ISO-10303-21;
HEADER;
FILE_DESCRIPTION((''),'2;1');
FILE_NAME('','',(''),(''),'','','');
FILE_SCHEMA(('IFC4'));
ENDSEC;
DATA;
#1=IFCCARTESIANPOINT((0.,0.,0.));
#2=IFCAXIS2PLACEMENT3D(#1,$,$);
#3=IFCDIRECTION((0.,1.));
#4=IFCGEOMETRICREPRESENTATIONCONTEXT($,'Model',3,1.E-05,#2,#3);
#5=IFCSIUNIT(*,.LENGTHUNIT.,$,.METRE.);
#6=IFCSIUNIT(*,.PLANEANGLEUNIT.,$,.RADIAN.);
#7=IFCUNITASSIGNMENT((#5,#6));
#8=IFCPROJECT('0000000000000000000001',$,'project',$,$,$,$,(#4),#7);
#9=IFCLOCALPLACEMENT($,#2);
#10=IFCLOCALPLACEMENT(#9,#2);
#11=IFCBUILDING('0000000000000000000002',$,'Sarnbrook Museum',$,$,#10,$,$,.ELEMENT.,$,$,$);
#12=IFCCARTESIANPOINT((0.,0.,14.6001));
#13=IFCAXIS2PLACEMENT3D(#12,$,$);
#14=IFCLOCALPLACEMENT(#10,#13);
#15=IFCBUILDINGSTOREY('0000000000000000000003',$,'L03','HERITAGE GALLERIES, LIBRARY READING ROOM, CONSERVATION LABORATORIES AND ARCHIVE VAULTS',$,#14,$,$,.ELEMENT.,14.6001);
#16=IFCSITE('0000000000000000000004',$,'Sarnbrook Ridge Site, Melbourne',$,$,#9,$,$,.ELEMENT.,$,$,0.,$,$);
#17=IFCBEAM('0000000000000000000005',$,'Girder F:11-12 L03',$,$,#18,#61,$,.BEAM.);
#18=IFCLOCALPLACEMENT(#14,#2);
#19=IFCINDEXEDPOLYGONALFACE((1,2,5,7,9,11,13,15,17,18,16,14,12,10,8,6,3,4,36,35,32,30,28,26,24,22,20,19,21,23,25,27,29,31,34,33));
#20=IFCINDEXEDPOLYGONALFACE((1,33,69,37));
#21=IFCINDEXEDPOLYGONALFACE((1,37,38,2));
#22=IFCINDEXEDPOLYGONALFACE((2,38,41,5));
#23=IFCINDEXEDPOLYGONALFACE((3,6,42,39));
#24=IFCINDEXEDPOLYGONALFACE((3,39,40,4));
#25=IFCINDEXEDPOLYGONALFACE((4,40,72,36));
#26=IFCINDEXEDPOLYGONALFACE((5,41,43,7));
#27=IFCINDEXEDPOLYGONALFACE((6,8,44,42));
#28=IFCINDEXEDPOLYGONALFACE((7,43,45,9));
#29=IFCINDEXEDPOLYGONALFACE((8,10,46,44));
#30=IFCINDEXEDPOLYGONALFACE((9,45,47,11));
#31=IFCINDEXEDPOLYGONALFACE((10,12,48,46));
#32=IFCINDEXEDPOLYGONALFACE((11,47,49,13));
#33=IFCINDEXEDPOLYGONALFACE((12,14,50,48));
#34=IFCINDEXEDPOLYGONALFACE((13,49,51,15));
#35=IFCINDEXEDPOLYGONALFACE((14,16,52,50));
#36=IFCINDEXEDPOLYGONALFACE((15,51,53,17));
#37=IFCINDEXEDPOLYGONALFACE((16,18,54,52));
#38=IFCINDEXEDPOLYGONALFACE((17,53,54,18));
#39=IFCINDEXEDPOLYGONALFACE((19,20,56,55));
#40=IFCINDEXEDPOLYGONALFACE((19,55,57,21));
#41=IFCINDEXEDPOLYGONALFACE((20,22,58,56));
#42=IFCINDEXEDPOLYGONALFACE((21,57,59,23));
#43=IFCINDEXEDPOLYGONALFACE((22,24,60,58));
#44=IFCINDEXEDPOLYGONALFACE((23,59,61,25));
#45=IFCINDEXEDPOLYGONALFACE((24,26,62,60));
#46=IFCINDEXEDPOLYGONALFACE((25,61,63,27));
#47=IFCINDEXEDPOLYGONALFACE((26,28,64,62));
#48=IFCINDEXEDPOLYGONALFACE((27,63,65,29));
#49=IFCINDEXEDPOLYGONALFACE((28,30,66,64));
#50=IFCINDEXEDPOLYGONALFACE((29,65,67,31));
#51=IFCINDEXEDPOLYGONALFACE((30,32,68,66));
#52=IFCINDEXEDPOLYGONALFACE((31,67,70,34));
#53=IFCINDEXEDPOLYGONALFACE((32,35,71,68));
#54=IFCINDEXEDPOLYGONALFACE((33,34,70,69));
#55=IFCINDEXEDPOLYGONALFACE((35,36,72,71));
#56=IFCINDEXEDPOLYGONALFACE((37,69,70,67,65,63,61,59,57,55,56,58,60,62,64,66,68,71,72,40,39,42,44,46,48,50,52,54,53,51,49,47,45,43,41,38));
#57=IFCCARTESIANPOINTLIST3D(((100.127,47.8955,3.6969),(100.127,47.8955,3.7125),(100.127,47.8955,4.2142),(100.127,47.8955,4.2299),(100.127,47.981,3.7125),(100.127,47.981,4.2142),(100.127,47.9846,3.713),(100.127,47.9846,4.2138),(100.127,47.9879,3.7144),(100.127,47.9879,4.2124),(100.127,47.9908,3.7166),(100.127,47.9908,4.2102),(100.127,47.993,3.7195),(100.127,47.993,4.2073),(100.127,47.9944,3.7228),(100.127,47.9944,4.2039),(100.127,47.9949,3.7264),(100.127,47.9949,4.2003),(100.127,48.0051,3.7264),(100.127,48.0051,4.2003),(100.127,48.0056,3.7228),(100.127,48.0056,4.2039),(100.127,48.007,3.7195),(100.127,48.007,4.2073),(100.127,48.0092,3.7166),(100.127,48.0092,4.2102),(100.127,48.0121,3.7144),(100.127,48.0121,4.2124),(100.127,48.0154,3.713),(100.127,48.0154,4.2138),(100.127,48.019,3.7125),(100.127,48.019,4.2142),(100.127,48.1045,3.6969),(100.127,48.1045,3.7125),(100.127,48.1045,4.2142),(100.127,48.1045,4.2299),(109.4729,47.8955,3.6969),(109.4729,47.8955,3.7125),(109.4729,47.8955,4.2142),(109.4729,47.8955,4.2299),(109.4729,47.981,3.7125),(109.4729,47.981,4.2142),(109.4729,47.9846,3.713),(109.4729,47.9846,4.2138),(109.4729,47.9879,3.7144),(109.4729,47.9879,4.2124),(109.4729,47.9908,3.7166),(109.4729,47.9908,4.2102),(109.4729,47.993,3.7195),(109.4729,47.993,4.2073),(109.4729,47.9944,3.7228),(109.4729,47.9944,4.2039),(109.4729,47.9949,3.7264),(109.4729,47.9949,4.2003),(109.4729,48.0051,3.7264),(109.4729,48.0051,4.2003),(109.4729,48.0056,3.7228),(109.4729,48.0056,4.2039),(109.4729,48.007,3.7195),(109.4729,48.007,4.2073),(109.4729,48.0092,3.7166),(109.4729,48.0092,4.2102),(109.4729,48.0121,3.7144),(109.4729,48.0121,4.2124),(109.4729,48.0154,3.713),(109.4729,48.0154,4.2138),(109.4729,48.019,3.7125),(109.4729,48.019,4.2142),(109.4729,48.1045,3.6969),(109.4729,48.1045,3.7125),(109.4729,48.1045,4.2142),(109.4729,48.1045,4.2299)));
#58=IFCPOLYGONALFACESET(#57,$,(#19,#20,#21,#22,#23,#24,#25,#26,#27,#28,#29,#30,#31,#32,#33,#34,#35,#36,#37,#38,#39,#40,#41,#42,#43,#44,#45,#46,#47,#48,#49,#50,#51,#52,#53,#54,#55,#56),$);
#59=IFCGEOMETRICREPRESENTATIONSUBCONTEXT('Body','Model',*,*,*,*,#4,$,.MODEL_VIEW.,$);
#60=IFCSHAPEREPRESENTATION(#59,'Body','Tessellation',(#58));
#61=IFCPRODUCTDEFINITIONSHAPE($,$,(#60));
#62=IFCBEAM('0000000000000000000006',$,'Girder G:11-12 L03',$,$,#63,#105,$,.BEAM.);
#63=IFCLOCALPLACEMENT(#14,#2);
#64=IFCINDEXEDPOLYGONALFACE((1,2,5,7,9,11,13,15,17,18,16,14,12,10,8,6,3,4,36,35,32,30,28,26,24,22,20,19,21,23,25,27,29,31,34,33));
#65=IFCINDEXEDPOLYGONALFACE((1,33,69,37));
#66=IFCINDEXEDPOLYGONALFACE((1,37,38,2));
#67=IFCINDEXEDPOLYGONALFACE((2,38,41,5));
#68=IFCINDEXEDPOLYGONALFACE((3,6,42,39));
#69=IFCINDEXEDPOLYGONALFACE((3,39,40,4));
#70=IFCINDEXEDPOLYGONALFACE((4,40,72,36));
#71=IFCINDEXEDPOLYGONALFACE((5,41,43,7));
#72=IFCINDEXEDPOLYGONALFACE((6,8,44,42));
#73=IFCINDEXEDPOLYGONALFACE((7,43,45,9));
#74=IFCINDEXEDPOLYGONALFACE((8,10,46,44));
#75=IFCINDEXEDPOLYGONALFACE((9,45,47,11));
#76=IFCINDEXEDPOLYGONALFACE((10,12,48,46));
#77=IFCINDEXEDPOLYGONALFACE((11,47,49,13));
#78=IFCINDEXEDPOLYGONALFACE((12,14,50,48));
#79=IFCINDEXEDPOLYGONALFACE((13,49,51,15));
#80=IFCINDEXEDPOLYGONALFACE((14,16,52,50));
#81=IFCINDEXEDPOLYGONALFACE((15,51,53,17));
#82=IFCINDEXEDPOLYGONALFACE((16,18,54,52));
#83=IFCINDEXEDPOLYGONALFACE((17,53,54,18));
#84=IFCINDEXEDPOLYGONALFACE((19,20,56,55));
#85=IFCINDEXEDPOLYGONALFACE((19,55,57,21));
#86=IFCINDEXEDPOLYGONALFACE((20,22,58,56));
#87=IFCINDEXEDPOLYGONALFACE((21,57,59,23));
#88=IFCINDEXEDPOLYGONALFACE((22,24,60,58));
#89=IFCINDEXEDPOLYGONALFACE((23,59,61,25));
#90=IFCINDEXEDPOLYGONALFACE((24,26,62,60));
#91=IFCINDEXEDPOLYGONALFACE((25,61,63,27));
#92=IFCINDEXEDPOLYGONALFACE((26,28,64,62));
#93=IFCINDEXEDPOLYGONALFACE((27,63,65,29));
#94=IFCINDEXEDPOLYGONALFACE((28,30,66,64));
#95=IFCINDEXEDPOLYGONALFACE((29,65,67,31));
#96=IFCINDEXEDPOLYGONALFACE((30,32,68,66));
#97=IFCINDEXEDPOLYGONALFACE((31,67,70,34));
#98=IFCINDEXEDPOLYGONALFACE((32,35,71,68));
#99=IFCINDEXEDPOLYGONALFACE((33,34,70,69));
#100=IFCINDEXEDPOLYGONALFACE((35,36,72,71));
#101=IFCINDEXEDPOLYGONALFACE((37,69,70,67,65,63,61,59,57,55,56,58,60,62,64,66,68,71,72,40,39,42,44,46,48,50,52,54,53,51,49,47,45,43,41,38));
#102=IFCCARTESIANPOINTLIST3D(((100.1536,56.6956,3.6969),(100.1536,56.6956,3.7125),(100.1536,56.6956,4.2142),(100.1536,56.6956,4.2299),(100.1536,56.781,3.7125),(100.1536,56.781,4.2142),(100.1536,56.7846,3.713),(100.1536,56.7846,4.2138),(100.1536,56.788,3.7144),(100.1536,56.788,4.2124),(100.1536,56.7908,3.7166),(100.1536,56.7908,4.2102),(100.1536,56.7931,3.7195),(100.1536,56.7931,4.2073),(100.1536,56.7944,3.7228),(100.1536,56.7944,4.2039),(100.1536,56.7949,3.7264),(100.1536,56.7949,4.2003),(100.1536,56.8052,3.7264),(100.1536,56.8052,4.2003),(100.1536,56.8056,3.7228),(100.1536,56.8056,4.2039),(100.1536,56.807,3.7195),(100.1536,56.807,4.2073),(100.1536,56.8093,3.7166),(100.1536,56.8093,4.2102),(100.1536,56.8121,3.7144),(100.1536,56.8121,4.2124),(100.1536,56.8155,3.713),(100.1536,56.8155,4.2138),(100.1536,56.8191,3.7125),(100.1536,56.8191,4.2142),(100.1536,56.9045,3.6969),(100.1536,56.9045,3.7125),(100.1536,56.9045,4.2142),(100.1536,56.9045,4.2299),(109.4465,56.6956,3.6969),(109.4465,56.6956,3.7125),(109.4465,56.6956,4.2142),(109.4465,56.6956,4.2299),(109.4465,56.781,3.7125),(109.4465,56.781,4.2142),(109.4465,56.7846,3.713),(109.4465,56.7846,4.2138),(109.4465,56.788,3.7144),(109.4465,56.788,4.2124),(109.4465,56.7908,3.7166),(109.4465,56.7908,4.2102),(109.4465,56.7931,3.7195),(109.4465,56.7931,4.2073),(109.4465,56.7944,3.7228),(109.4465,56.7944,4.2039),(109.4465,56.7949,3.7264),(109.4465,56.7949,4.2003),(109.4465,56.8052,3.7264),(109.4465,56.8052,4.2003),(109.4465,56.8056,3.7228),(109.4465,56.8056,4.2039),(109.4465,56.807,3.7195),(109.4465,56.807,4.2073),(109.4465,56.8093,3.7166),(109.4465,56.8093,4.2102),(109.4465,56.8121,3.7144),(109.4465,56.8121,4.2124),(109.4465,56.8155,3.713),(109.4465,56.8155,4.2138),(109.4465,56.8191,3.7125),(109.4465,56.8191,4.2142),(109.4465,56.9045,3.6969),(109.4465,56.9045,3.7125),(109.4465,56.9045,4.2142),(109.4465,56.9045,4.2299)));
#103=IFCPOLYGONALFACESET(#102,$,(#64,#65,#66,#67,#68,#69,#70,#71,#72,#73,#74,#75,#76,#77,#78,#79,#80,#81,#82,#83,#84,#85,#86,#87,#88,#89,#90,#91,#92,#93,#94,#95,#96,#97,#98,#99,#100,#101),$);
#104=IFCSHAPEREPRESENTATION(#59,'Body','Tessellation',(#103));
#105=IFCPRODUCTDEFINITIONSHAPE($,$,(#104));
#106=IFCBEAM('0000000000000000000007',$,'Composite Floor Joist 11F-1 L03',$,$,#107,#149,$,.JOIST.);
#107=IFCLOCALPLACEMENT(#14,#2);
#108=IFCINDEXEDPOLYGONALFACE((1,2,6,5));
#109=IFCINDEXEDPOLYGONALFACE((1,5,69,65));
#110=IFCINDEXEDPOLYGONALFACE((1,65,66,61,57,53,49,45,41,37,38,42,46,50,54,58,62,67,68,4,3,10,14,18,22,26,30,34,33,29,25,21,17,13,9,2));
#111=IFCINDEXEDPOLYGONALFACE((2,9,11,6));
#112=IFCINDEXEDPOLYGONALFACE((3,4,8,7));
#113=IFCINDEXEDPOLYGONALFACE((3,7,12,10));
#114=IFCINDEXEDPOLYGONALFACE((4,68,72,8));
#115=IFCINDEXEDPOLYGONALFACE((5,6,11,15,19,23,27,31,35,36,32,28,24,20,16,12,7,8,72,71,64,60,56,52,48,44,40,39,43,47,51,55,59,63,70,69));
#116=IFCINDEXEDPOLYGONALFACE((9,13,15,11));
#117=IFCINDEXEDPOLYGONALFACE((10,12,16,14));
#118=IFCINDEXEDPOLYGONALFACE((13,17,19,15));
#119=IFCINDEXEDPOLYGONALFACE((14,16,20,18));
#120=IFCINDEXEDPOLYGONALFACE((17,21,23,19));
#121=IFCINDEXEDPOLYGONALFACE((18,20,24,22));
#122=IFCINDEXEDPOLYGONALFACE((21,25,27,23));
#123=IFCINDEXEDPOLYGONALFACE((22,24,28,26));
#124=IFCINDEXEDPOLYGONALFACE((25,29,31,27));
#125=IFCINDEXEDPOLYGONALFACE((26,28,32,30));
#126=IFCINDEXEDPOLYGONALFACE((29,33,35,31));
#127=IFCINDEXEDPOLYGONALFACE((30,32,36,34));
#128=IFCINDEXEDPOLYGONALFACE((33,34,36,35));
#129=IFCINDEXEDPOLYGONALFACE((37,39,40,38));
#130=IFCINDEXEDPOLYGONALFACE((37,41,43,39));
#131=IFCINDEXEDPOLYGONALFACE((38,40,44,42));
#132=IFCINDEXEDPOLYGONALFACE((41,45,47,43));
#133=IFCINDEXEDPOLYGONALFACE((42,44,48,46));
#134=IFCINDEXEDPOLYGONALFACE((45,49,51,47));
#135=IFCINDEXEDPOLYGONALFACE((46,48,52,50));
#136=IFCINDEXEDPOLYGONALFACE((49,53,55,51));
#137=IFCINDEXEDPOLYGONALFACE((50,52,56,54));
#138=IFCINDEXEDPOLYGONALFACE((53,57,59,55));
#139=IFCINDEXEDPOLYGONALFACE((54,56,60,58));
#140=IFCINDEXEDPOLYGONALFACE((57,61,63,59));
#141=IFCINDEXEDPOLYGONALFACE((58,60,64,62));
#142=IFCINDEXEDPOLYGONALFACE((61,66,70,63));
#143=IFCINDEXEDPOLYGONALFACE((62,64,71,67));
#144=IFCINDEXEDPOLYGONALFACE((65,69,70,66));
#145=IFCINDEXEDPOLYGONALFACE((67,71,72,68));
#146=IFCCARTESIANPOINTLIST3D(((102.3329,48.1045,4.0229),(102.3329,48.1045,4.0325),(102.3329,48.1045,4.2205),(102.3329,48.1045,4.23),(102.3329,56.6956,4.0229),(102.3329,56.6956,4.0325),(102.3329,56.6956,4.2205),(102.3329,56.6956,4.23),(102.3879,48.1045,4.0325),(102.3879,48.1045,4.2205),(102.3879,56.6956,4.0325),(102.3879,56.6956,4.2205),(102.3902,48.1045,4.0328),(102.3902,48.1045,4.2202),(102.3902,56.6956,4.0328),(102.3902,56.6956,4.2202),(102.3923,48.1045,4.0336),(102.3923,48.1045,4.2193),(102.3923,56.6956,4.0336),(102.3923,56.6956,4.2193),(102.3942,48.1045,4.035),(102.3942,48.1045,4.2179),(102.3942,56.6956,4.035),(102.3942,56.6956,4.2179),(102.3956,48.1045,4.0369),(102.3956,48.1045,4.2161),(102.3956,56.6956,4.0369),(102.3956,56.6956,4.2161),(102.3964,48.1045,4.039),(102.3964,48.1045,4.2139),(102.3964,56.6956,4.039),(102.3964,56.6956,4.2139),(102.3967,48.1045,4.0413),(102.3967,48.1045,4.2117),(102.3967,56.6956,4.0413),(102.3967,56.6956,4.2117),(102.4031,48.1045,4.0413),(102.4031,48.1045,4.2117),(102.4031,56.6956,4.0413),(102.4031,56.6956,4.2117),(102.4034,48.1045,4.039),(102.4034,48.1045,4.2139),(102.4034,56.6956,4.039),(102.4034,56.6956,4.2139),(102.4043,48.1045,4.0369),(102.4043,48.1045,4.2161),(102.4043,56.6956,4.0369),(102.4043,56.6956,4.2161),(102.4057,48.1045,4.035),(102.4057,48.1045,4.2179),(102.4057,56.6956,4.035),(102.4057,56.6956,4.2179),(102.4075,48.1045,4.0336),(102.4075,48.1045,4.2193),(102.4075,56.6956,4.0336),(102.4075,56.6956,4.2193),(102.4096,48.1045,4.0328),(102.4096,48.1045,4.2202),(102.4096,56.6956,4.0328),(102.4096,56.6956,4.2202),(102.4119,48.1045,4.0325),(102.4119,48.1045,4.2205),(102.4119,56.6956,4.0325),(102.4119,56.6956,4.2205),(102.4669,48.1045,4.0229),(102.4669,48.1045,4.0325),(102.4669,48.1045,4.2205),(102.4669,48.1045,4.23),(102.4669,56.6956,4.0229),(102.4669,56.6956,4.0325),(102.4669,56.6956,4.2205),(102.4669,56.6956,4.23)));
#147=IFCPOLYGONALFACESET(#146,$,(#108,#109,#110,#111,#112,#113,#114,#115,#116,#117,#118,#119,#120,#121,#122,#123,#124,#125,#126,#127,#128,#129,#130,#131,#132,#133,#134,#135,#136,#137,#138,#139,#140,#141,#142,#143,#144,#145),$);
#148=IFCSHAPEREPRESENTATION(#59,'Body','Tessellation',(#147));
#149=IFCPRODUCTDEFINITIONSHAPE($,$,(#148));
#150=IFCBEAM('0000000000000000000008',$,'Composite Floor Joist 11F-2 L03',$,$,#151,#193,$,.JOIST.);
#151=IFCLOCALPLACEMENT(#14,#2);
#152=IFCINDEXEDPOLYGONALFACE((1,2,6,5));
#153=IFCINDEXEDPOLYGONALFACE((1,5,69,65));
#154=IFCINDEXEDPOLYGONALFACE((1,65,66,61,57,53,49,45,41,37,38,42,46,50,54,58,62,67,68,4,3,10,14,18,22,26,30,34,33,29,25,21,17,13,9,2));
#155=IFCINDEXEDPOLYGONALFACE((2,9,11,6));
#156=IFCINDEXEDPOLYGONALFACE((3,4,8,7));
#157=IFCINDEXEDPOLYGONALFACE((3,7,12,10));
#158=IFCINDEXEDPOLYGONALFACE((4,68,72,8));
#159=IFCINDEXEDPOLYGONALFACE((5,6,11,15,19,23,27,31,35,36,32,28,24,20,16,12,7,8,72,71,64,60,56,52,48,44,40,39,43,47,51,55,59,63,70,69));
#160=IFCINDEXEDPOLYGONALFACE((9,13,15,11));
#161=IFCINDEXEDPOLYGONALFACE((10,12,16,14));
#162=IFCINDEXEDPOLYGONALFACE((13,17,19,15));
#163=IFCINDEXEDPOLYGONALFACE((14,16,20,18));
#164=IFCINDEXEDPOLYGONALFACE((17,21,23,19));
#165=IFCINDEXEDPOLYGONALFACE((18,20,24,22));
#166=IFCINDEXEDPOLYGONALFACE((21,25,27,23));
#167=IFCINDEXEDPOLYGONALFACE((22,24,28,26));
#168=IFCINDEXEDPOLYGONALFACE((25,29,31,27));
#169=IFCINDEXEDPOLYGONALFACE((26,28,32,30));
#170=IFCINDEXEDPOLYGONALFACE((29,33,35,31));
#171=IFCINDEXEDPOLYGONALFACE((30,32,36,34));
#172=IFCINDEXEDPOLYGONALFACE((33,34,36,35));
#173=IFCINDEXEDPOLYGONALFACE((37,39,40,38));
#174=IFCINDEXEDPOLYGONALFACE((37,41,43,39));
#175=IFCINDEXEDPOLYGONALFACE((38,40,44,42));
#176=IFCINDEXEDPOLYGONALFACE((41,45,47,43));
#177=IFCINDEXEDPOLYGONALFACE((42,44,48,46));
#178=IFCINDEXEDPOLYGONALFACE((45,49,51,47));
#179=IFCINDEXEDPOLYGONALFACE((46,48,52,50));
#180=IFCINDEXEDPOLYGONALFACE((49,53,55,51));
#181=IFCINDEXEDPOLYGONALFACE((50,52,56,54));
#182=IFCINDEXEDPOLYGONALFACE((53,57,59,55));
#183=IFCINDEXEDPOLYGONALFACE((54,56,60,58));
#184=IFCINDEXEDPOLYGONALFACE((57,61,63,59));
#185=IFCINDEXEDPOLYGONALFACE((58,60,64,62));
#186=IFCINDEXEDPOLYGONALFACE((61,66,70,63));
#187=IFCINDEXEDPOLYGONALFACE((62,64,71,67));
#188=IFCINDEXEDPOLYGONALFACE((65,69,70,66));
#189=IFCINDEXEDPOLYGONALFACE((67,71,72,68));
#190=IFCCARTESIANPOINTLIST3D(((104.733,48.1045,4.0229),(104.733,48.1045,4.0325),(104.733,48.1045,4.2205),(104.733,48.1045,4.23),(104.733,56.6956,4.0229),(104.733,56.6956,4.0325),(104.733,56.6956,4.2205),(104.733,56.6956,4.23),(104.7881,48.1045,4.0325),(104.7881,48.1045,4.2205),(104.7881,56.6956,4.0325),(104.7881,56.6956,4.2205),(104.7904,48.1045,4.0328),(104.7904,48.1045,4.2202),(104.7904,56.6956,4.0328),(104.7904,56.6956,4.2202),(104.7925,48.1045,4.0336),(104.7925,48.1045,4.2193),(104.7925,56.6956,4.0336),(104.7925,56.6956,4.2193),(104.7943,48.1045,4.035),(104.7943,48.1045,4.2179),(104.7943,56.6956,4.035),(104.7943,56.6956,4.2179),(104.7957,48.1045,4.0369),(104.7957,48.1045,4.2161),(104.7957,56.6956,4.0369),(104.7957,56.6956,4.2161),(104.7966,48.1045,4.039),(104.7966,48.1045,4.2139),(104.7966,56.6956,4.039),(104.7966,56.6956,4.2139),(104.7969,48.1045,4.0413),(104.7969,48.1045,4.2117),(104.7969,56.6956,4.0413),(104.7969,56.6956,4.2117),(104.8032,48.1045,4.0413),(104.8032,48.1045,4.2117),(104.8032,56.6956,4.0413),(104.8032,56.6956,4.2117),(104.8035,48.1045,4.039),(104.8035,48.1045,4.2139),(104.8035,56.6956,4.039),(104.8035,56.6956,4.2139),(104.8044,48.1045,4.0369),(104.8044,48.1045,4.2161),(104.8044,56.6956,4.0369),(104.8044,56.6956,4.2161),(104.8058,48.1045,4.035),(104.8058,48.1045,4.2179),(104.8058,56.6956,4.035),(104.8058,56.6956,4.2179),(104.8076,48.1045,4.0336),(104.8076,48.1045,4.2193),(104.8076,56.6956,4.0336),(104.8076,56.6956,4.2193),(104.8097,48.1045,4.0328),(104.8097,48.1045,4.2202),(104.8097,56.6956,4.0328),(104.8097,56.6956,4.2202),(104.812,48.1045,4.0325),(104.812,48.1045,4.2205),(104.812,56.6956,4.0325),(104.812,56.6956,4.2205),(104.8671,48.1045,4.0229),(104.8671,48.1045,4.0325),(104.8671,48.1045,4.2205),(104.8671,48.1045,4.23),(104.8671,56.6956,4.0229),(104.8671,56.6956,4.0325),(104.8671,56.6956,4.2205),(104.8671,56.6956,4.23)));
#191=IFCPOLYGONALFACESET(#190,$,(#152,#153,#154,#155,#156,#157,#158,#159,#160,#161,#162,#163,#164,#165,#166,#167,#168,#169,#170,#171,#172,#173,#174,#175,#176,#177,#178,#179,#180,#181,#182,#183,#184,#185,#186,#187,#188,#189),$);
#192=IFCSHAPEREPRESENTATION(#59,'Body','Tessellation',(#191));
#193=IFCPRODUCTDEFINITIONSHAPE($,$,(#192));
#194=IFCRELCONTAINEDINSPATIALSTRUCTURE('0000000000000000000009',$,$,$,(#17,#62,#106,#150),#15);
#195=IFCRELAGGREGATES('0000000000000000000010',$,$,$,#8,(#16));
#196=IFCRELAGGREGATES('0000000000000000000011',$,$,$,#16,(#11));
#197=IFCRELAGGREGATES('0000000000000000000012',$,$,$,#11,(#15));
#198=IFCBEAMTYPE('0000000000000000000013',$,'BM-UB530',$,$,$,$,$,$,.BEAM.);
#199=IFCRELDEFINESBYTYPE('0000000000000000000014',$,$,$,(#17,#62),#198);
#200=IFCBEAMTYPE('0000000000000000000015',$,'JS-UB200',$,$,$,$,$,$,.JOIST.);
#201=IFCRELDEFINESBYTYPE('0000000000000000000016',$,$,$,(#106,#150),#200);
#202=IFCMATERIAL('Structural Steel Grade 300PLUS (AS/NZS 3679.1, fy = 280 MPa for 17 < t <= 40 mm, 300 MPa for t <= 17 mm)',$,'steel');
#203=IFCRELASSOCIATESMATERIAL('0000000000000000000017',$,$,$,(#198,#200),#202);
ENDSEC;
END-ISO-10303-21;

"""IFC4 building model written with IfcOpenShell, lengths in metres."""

from ifc_helpers import new_model, si_unit, direction, frame, origin, origin_2d, place, context, subcontext, project, spatial, i_section, extrude, material, material_profile, profile_set, type_object, element, save


model = new_model("IFC4")

# Units and contexts
model_context = context("Model", 3, precision=1e-05, world=origin(), true_north=direction((0.0, 1.0)))
body_context = subcontext(model_context, "Body", "Model", "MODEL_VIEW")
ifc_project = project(units=[si_unit("LENGTHUNIT", "METRE"), si_unit("PLANEANGLEUNIT", "RADIAN")], contexts=[model_context])

# Site, building, storey
site_placement = place(None, origin())
site = spatial("IfcSite", under=ifc_project, at=site_placement, Name="Sarnbrook Ridge Site, Melbourne", CompositionType="ELEMENT", RefElevation=0.0)
building_placement = place(site_placement, origin())
building = spatial("IfcBuilding", under=site, at=building_placement, Name="Sarnbrook Museum", CompositionType="ELEMENT")
storey_placement = place(building_placement, frame((0.0, 0.0, 14.6001)))
storey = spatial("IfcBuildingStorey", under=building, at=storey_placement, Name="L03", Description="HERITAGE GALLERIES, LIBRARY READING ROOM, CONSERVATION LABORATORIES AND ARCHIVE VAULTS", CompositionType="ELEMENT", Elevation=14.6001)

# Shared definitions
ifc_material_1 = material(Name="Structural Steel Grade 300PLUS (AS/NZS 3679.1, fy = 280 MPa for 17 < t <= 40 mm, 300 MPa for t <= 17 mm)", Category="steel")

# Beams
ifc_material_profile_1 = material_profile(ifc_material_1, i_section(OverallWidth=0.209, OverallDepth=0.533, WebThickness=0.0103, FlangeThickness=0.0156, FilletRadius=0.0139, at=origin_2d()), Name="530UB92.4")
ifc_profile_set_1 = profile_set([ifc_material_profile_1], Name="Structural Steel Grade 300PLUS (AS/NZS 3679.1, fy = 280 MPa for 17 < t <= 40 mm, 300 MPa for t <= 17 mm)")
beam_type_1 = type_object("IfcBeamType", Name="BM-UB530", PredefinedType="BEAM", material=ifc_profile_set_1)
beam_1_placement = place(storey_placement, frame((100.127, 48.0, 3.9634), z_axis=(1.0, 0.0, 0.0), x_axis=(0.0, 1.0, 0.0)))
element("IfcBeam", 1, at=beam_1_placement, inside=storey, type_object=beam_type_1, Name="Girder F:11-12 L03", PredefinedType="BEAM", context=body_context, shape_type="SweptSolid", body=[
    extrude(i_section(OverallWidth=0.209, OverallDepth=0.533, WebThickness=0.0103, FlangeThickness=0.0156, FilletRadius=0.0139, at=origin_2d()), origin(), (0.0, 0.0, 1.0), 9.3459),
])
beam_2_placement = place(storey_placement, frame((100.1536, 56.8, 3.9634), z_axis=(1.0, 0.0, 0.0), x_axis=(0.0, 1.0, 0.0)))
element("IfcBeam", 2, at=beam_2_placement, inside=storey, type_object=beam_type_1, Name="Girder G:11-12 L03", PredefinedType="BEAM", context=body_context, shape_type="SweptSolid", body=[
    extrude(i_section(OverallWidth=0.209, OverallDepth=0.533, WebThickness=0.0103, FlangeThickness=0.0156, FilletRadius=0.0139, at=origin_2d()), origin(), (0.0, 0.0, 1.0), 9.293),
])
ifc_material_profile_2 = material_profile(ifc_material_1, i_section(OverallWidth=0.134, OverallDepth=0.207, WebThickness=0.0063, FlangeThickness=0.0095, FilletRadius=0.0088, at=origin_2d()), Name="200UB29.8")
ifc_profile_set_2 = profile_set([ifc_material_profile_2], Name="Structural Steel Grade 300PLUS (AS/NZS 3679.1, fy = 280 MPa for 17 < t <= 40 mm, 300 MPa for t <= 17 mm)")
beam_type_2 = type_object("IfcBeamType", Name="JS-UB200", PredefinedType="JOIST", material=ifc_profile_set_2)
for number, where, z_axis, x_axis, name in (
    (3, (102.3999, 48.1045, 4.1265), (0.0, 1.0, 0.0), (-1.0, 0.0, 0.0), "Composite Floor Joist 11F-1 L03"),
    (4, (104.8, 48.1045, 4.1265), (0.0, 1.0, 0.0), (-1.0, 0.0, 0.0), "Composite Floor Joist 11F-2 L03"),
):
    element("IfcBeam", number, at=place(storey_placement, frame(where, z_axis=z_axis, x_axis=x_axis)), inside=storey, type_object=beam_type_2, Name=name, PredefinedType="JOIST", context=body_context, shape_type="SweptSolid", body=[
        extrude(i_section(OverallWidth=0.134, OverallDepth=0.207, WebThickness=0.0063, FlangeThickness=0.0095, FilletRadius=0.0088, at=origin_2d()), origin(), (0.0, 0.0, 1.0), 8.5911),
    ])

save(model, "model.ifc")
